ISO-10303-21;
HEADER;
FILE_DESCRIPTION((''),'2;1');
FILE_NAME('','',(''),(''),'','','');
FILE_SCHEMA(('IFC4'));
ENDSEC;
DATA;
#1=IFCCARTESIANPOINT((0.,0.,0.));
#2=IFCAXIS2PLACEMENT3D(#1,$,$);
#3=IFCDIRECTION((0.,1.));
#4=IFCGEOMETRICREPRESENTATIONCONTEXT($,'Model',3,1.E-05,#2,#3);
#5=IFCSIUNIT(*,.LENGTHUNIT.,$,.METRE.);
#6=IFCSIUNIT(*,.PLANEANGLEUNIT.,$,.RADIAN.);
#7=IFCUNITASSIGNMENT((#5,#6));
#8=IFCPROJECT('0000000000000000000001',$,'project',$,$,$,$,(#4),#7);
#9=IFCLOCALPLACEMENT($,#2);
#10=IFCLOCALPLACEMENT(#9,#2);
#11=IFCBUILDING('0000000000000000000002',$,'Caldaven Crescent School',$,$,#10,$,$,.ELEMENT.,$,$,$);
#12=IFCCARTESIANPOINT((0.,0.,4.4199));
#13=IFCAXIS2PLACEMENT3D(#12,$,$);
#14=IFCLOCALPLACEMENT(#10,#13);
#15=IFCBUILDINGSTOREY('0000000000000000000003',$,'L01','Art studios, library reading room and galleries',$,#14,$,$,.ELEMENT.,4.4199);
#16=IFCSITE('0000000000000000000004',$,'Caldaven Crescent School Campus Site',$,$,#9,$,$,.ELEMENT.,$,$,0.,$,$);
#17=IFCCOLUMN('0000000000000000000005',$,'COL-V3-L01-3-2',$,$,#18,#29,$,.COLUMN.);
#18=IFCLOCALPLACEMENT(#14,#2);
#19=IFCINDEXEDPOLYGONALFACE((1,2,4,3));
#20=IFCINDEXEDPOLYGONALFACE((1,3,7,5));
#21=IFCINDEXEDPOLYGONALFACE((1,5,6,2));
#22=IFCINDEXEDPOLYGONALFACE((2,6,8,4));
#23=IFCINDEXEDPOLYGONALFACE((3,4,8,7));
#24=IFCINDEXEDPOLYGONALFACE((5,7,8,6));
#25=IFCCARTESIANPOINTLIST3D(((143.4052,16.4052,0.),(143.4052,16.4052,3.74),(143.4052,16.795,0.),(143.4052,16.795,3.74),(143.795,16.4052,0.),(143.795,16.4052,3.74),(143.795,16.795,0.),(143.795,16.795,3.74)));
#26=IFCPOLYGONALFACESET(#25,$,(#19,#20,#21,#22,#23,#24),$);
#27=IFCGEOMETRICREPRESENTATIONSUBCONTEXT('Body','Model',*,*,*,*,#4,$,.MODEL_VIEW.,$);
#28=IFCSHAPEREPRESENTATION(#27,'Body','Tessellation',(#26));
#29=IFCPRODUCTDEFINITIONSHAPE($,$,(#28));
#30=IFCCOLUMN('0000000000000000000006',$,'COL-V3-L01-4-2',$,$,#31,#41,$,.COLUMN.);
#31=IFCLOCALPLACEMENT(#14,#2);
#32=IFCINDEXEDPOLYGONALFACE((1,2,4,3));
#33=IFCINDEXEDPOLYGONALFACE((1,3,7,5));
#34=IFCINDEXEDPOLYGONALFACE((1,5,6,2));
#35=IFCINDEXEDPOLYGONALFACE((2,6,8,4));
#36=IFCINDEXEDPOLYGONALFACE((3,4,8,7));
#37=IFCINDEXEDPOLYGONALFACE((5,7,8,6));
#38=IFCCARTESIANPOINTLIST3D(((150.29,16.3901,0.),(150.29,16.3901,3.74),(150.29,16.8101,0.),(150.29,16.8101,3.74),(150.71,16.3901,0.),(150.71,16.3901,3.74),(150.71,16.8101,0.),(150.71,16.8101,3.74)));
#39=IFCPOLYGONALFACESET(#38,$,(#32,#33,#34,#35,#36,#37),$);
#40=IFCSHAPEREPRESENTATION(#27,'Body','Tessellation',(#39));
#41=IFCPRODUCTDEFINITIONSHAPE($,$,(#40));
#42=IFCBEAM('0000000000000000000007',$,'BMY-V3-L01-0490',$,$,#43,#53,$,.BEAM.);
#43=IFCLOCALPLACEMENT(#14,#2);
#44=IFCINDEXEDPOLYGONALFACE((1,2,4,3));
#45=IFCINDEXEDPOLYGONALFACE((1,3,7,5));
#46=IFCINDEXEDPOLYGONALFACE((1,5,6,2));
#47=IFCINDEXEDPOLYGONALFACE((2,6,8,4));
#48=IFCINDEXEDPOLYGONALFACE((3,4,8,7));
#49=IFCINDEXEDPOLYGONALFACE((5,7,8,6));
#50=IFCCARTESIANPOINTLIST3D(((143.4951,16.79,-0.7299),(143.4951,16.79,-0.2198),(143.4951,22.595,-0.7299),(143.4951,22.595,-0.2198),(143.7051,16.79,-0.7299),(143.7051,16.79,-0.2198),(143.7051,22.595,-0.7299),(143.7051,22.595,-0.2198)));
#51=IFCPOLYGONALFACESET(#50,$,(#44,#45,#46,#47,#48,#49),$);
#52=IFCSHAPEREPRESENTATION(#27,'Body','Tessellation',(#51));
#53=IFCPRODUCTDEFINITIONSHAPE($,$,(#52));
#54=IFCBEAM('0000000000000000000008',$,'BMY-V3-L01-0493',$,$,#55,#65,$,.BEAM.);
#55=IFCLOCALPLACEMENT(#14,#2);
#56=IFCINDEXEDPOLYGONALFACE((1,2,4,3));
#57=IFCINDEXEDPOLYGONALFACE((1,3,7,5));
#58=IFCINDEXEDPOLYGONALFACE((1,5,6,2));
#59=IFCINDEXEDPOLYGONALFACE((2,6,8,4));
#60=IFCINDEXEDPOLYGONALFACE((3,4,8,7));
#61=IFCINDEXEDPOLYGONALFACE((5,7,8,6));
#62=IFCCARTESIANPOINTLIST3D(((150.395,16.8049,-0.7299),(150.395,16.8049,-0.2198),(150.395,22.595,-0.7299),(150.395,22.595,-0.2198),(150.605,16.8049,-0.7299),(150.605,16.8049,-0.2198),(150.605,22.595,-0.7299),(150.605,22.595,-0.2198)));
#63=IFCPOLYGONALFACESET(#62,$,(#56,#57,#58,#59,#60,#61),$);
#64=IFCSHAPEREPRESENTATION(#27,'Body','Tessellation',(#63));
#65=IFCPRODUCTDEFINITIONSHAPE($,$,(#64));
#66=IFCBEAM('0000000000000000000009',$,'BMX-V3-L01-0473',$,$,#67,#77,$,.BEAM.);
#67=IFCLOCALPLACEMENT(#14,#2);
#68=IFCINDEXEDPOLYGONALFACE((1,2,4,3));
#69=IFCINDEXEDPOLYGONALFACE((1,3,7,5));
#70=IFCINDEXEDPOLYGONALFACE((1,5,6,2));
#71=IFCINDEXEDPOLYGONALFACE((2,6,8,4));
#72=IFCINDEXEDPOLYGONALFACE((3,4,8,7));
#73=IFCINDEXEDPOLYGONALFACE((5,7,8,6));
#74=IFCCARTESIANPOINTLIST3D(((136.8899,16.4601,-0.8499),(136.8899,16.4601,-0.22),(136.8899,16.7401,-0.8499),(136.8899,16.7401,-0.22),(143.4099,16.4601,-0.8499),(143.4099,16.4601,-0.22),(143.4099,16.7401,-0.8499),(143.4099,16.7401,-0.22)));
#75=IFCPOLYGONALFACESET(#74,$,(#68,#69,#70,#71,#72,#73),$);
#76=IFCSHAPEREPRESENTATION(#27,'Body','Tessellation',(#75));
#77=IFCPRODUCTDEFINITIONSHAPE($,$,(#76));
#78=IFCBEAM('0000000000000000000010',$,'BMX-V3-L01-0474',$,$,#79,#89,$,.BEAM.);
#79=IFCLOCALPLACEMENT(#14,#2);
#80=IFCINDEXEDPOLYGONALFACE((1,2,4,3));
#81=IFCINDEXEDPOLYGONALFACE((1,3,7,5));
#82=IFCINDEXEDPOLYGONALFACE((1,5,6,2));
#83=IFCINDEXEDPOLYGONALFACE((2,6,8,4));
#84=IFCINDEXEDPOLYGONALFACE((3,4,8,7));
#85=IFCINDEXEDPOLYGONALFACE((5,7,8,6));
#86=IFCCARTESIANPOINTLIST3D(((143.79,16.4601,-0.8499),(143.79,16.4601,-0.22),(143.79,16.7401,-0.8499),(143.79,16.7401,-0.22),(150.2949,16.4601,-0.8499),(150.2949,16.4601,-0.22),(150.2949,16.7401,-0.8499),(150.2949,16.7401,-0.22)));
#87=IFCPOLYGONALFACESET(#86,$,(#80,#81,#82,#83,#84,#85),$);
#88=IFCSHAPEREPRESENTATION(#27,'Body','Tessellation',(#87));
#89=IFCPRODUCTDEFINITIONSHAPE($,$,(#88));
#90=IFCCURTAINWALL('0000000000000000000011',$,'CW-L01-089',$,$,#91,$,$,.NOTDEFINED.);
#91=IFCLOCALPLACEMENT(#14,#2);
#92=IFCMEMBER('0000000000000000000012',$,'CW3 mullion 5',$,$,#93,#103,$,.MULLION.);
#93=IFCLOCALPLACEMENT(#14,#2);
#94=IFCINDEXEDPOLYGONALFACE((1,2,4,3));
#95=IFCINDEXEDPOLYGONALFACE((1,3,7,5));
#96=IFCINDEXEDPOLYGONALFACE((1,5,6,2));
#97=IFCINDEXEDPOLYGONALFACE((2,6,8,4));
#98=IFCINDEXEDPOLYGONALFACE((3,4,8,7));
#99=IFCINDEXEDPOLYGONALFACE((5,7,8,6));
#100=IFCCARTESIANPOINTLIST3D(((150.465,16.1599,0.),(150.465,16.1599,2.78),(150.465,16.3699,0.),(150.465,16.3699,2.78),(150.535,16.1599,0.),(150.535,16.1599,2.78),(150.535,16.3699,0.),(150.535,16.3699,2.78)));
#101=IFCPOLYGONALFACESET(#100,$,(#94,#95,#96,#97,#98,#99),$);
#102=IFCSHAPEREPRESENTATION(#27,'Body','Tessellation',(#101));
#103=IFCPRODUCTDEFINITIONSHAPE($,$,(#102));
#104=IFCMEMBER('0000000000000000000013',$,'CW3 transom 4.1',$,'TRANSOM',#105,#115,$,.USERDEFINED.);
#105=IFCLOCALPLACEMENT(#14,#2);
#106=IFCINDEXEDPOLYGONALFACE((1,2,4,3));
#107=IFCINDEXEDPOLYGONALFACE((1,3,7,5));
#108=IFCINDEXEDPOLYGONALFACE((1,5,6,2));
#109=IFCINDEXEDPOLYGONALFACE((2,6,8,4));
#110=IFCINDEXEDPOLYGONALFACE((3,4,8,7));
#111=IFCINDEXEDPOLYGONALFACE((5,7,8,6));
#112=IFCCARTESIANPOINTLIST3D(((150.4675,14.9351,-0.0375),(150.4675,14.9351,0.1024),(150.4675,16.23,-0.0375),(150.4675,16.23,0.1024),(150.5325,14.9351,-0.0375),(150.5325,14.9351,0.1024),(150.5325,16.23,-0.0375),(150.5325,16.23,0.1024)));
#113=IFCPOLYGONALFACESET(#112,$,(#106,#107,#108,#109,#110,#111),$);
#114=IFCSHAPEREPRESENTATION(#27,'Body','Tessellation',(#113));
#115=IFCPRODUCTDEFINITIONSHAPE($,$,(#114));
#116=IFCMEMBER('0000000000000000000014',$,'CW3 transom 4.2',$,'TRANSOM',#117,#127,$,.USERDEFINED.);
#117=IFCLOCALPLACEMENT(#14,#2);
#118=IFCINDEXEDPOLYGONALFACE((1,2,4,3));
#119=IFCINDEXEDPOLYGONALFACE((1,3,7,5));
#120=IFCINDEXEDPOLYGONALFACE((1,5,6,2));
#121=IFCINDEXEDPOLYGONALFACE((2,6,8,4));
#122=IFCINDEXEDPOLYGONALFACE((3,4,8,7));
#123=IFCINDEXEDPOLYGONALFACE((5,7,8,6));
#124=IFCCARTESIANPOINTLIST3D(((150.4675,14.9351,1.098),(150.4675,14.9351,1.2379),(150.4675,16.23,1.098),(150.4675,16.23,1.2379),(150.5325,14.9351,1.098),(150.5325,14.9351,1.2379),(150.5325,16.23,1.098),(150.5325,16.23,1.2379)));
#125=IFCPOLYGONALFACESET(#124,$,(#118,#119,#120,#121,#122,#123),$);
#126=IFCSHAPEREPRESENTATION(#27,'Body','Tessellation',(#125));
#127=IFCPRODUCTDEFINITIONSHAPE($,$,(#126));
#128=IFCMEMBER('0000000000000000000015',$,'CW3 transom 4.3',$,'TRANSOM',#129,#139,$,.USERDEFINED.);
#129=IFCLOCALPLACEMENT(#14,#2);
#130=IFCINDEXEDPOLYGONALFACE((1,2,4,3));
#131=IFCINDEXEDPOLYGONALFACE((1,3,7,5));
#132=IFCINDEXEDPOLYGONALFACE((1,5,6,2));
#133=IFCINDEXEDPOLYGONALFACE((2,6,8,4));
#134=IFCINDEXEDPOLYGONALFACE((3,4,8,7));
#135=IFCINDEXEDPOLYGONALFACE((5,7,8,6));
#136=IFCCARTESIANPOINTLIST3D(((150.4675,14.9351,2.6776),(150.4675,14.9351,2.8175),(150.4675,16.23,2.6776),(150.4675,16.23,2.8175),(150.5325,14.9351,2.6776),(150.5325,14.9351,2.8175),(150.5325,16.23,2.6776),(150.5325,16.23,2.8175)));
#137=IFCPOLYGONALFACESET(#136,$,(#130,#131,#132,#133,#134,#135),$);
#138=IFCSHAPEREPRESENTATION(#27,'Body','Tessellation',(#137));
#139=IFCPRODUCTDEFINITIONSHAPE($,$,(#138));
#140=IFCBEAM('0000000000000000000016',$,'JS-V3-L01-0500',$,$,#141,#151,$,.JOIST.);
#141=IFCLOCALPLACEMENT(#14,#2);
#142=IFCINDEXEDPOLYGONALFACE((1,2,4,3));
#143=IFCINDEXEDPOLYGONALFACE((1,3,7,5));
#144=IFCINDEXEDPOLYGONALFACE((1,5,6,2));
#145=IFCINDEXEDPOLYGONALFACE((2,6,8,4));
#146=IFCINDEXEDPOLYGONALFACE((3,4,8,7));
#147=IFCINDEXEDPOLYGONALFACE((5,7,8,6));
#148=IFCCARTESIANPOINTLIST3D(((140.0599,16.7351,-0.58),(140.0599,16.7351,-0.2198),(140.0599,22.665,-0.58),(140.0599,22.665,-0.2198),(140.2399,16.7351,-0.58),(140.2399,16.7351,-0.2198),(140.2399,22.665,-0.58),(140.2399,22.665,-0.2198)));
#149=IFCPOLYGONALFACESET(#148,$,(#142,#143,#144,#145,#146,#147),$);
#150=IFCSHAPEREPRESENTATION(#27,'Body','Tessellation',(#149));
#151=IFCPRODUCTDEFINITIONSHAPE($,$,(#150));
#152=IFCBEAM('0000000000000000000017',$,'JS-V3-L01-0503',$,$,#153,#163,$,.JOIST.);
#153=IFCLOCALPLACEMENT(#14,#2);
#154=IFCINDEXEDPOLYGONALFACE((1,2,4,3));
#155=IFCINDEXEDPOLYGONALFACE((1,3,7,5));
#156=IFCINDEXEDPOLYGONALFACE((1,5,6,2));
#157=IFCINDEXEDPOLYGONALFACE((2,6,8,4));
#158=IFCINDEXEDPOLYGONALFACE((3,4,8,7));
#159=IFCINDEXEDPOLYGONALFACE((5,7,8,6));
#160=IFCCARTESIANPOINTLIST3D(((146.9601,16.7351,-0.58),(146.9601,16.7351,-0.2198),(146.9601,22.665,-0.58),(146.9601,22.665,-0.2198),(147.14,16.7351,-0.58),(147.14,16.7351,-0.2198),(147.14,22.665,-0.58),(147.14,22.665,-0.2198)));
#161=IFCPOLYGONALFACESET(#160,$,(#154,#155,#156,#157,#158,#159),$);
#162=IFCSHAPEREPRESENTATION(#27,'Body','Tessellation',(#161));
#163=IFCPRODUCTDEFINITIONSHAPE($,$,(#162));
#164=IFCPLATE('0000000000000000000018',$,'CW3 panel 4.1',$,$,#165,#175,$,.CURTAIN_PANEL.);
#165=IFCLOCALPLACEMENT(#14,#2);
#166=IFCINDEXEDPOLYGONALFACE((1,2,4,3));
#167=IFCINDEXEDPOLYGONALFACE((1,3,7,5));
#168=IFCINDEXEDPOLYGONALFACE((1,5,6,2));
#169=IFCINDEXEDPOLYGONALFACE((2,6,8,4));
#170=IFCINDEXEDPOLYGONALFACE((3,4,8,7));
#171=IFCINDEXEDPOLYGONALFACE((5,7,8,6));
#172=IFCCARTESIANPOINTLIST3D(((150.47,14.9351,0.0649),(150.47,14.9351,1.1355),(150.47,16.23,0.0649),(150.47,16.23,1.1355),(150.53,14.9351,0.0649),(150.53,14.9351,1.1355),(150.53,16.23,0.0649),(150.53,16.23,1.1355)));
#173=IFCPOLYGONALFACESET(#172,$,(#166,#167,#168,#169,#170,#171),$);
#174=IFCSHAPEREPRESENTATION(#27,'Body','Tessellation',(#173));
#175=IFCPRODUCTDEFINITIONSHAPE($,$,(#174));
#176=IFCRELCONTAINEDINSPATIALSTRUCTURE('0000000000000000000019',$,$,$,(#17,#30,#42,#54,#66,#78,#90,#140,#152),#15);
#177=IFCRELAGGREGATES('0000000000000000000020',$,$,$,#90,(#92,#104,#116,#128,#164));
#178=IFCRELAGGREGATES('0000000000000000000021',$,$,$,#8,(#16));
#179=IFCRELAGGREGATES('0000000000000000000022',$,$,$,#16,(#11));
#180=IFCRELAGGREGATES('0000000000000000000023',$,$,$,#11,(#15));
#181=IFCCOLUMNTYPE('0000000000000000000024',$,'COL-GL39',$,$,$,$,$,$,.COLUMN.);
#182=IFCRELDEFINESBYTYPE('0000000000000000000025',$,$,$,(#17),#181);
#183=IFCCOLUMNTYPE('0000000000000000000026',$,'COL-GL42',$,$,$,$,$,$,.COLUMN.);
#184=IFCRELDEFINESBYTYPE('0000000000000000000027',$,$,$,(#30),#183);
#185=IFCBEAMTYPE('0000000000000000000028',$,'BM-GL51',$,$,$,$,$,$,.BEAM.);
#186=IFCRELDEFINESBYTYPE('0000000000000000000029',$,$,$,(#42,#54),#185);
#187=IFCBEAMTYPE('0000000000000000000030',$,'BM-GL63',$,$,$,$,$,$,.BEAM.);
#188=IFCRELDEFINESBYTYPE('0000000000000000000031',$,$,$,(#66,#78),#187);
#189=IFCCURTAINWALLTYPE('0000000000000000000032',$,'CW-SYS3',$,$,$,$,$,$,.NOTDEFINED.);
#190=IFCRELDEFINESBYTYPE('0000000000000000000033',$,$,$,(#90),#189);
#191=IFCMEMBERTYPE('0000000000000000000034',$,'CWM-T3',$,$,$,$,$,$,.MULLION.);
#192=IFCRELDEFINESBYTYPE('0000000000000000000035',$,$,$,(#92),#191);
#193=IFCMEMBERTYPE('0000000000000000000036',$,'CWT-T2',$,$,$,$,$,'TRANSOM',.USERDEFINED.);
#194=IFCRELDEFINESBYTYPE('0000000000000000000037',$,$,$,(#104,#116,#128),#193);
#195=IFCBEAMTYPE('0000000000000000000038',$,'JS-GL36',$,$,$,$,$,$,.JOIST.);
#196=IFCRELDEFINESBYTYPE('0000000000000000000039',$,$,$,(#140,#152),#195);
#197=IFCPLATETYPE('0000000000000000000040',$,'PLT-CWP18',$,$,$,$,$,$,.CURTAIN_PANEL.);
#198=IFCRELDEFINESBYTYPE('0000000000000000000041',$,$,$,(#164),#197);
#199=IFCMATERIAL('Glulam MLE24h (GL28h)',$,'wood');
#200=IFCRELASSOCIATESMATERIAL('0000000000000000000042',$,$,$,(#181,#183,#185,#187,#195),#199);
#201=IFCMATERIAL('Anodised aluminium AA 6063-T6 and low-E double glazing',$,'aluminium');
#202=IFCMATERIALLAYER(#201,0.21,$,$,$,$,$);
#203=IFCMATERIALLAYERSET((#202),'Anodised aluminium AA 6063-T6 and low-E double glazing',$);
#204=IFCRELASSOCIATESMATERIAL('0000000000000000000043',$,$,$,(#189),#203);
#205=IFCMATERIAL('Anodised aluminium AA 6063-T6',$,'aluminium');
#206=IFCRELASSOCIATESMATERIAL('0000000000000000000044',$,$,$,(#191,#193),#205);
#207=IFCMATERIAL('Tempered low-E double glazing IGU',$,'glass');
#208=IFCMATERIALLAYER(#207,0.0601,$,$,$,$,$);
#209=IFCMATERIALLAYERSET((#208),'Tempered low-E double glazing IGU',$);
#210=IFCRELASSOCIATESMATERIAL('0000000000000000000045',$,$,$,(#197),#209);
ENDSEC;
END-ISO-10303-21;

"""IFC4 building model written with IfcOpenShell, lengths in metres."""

from ifc_helpers import new_model, si_unit, direction, frame, origin, origin_2d, place, context, subcontext, project, spatial, rectangle, extrude, material, layer, layer_set, material_profile, profile_set, type_object, element, aggregate, save


model = new_model("IFC4")

# Units and contexts
model_context = context("Model", 3, precision=1e-05, world=origin(), true_north=direction((0.0, 1.0)))
body_context = subcontext(model_context, "Body", "Model", "MODEL_VIEW")
ifc_project = project(units=[si_unit("LENGTHUNIT", "METRE"), si_unit("PLANEANGLEUNIT", "RADIAN")], contexts=[model_context])

# Site, building, storey
site_placement = place(None, origin())
site = spatial("IfcSite", under=ifc_project, at=site_placement, Name="Caldaven Crescent School Campus Site", CompositionType="ELEMENT", RefElevation=0.0)
building_placement = place(site_placement, origin())
building = spatial("IfcBuilding", under=site, at=building_placement, Name="Caldaven Crescent School", CompositionType="ELEMENT")
storey_placement = place(building_placement, frame((0.0, 0.0, 4.4199)))
storey = spatial("IfcBuildingStorey", under=building, at=storey_placement, Name="L01", Description="Art studios, library reading room and galleries", CompositionType="ELEMENT", Elevation=4.4199)

# Columns
ifc_material_1 = material(Name="Glulam MLE24h (GL28h)", Category="wood")
ifc_material_profile_1 = material_profile(ifc_material_1, rectangle(XDim=0.3899, YDim=0.3899, at=origin_2d()), Name="MLE 390x390")
ifc_profile_set_1 = profile_set([ifc_material_profile_1], Name="Glulam MLE24h (GL28h)")
column_type_1 = type_object("IfcColumnType", Name="COL-GL39", PredefinedType="COLUMN", material=ifc_profile_set_1)
column_1_placement = place(storey_placement, frame((143.6001, 16.6001, 0.0), z_axis=(0.0, 0.0, 1.0), x_axis=(1.0, 0.0, 0.0)))
element("IfcColumn", 1, at=column_1_placement, inside=storey, type_object=column_type_1, Name="COL-V3-L01-3-2", PredefinedType="COLUMN", context=body_context, shape_type="SweptSolid", body=[
    extrude(rectangle(XDim=0.3899, YDim=0.3899, at=origin_2d()), origin(), (0.0, 0.0, 1.0), 3.74),
])
ifc_material_profile_2 = material_profile(ifc_material_1, rectangle(XDim=0.4199, YDim=0.4199, at=origin_2d()), Name="MLE 420x420")
ifc_profile_set_2 = profile_set([ifc_material_profile_2], Name="Glulam MLE24h (GL28h)")
column_type_2 = type_object("IfcColumnType", Name="COL-GL42", PredefinedType="COLUMN", material=ifc_profile_set_2)
column_2_placement = place(storey_placement, frame((150.5, 16.6001, 0.0), z_axis=(0.0, 0.0, 1.0), x_axis=(1.0, 0.0, 0.0)))
element("IfcColumn", 2, at=column_2_placement, inside=storey, type_object=column_type_2, Name="COL-V3-L01-4-2", PredefinedType="COLUMN", context=body_context, shape_type="SweptSolid", body=[
    extrude(rectangle(XDim=0.4199, YDim=0.4199, at=origin_2d()), origin(), (0.0, 0.0, 1.0), 3.74),
])

# Beams
ifc_material_profile_3 = material_profile(ifc_material_1, rectangle(XDim=0.21, YDim=0.51, at=origin_2d()), Name="MLE 210x510")
ifc_profile_set_3 = profile_set([ifc_material_profile_3], Name="Glulam MLE24h (GL28h)")
beam_type_1 = type_object("IfcBeamType", Name="BM-GL51", PredefinedType="BEAM", material=ifc_profile_set_3)
beam_1_placement = place(storey_placement, frame((143.6001, 16.79, -0.4749), z_axis=(0.0, 1.0, 0.0), x_axis=(-1.0, 0.0, 0.0)))
element("IfcBeam", 3, at=beam_1_placement, inside=storey, type_object=beam_type_1, Name="BMY-V3-L01-0490", PredefinedType="BEAM", context=body_context, shape_type="SweptSolid", body=[
    extrude(rectangle(XDim=0.21, YDim=0.51, at=origin_2d()), origin(), (0.0, 0.0, 1.0), 5.8049),
])
beam_2_placement = place(storey_placement, frame((150.5, 16.8049, -0.4749), z_axis=(0.0, 1.0, 0.0), x_axis=(-1.0, 0.0, 0.0)))
element("IfcBeam", 4, at=beam_2_placement, inside=storey, type_object=beam_type_1, Name="BMY-V3-L01-0493", PredefinedType="BEAM", context=body_context, shape_type="SweptSolid", body=[
    extrude(rectangle(XDim=0.21, YDim=0.51, at=origin_2d()), origin(), (0.0, 0.0, 1.0), 5.79),
])
ifc_material_profile_4 = material_profile(ifc_material_1, rectangle(XDim=0.28, YDim=0.6299, at=origin_2d()), Name="MLE 280x630")
ifc_profile_set_4 = profile_set([ifc_material_profile_4], Name="Glulam MLE24h (GL28h)")
beam_type_2 = type_object("IfcBeamType", Name="BM-GL63", PredefinedType="BEAM", material=ifc_profile_set_4)
beam_3_placement = place(storey_placement, frame((136.8899, 16.6001, -0.5349), z_axis=(1.0, 0.0, 0.0), x_axis=(0.0, 1.0, 0.0)))
element("IfcBeam", 5, at=beam_3_placement, inside=storey, type_object=beam_type_2, Name="BMX-V3-L01-0473", PredefinedType="BEAM", context=body_context, shape_type="SweptSolid", body=[
    extrude(rectangle(XDim=0.28, YDim=0.6299, at=origin_2d()), origin(), (0.0, 0.0, 1.0), 6.52),
])
beam_4_placement = place(storey_placement, frame((143.79, 16.6001, -0.5349), z_axis=(1.0, 0.0, 0.0), x_axis=(0.0, 1.0, 0.0)))
element("IfcBeam", 6, at=beam_4_placement, inside=storey, type_object=beam_type_2, Name="BMX-V3-L01-0474", PredefinedType="BEAM", context=body_context, shape_type="SweptSolid", body=[
    extrude(rectangle(XDim=0.28, YDim=0.6299, at=origin_2d()), origin(), (0.0, 0.0, 1.0), 6.5049),
])

# Curtain wall, members
ifc_material_2 = material(Name="Anodised aluminium AA 6063-T6 and low-E double glazing", Category="aluminium")
ifc_layer_1 = layer(ifc_material_2, 0.21)
ifc_layer_set_1 = layer_set([ifc_layer_1], Name="Anodised aluminium AA 6063-T6 and low-E double glazing")
curtain_wall_type = type_object("IfcCurtainWallType", Name="CW-SYS3", PredefinedType="NOTDEFINED", material=ifc_layer_set_1)
curtain_wall_placement = place(storey_placement, origin())
curtain_wall = element("IfcCurtainWall", 7, at=curtain_wall_placement, inside=storey, type_object=curtain_wall_type, Name="CW-L01-089", PredefinedType="NOTDEFINED")
ifc_material_3 = material(Name="Anodised aluminium AA 6063-T6", Category="aluminium")
ifc_material_profile_5 = material_profile(ifc_material_3, rectangle(XDim=0.0701, YDim=0.21, at=origin_2d()), Name="CWM 70x210")
ifc_profile_set_5 = profile_set([ifc_material_profile_5], Name="Anodised aluminium AA 6063-T6")
member_type_1 = type_object("IfcMemberType", Name="CWM-T3", PredefinedType="MULLION", material=ifc_profile_set_5)
member_1_placement = place(storey_placement, frame((150.5, 16.2649, 0.0), z_axis=(0.0, 0.0, 1.0), x_axis=(-1.0, 0.0, 0.0)))
member_1 = element("IfcMember", 8, at=member_1_placement, type_object=member_type_1, Name="CW3 mullion 5", PredefinedType="MULLION", context=body_context, shape_type="SweptSolid", body=[
    extrude(rectangle(XDim=0.0701, YDim=0.21, at=origin_2d()), origin(), (0.0, 0.0, 1.0), 2.78),
])
ifc_material_profile_6 = material_profile(ifc_material_3, rectangle(XDim=0.0649, YDim=0.1399, at=origin_2d()), Name="CWT 65x140")
ifc_profile_set_6 = profile_set([ifc_material_profile_6], Name="Anodised aluminium AA 6063-T6")
member_type_2 = type_object("IfcMemberType", Name="CWT-T2", ElementType="TRANSOM", PredefinedType="USERDEFINED", material=ifc_profile_set_6)
member_2_placement = place(storey_placement, frame((150.5, 14.9351, 0.0325), z_axis=(0.0, 1.0, 0.0), x_axis=(-1.0, 0.0, 0.0)))
member_2 = element("IfcMember", 9, at=member_2_placement, type_object=member_type_2, Name="CW3 transom 4.1", ObjectType="TRANSOM", PredefinedType="USERDEFINED", context=body_context, shape_type="SweptSolid", body=[
    extrude(rectangle(XDim=0.0649, YDim=0.1399, at=origin_2d()), origin(), (0.0, 0.0, 1.0), 1.2949),
])
member_3_placement = place(storey_placement, frame((150.5, 14.9351, 1.168), z_axis=(0.0, 1.0, 0.0), x_axis=(-1.0, 0.0, 0.0)))
member_3 = element("IfcMember", 10, at=member_3_placement, type_object=member_type_2, Name="CW3 transom 4.2", ObjectType="TRANSOM", PredefinedType="USERDEFINED", context=body_context, shape_type="SweptSolid", body=[
    extrude(rectangle(XDim=0.0649, YDim=0.1399, at=origin_2d()), origin(), (0.0, 0.0, 1.0), 1.2949),
])
member_4_placement = place(storey_placement, frame((150.5, 14.9351, 2.7476), z_axis=(0.0, 1.0, 0.0), x_axis=(-1.0, 0.0, 0.0)))
member_4 = element("IfcMember", 11, at=member_4_placement, type_object=member_type_2, Name="CW3 transom 4.3", ObjectType="TRANSOM", PredefinedType="USERDEFINED", context=body_context, shape_type="SweptSolid", body=[
    extrude(rectangle(XDim=0.0649, YDim=0.1399, at=origin_2d()), origin(), (0.0, 0.0, 1.0), 1.2949),
])

# Beams
ifc_material_profile_7 = material_profile(ifc_material_1, rectangle(XDim=0.1799, YDim=0.3601, at=origin_2d()), Name="MLE 180x360")
ifc_profile_set_7 = profile_set([ifc_material_profile_7], Name="Glulam MLE24h (GL28h)")
beam_type_3 = type_object("IfcBeamType", Name="JS-GL36", PredefinedType="JOIST", material=ifc_profile_set_7)
for number, where, z_axis, x_axis, name in (
    (12, (140.1499, 16.7351, -0.3999), (0.0, 1.0, 0.0), (-1.0, 0.0, 0.0), "JS-V3-L01-0500"),
    (13, (147.05, 16.7351, -0.3999), (0.0, 1.0, 0.0), (-1.0, 0.0, 0.0), "JS-V3-L01-0503"),
):
    element("IfcBeam", number, at=place(storey_placement, frame(where, z_axis=z_axis, x_axis=x_axis)), inside=storey, type_object=beam_type_3, Name=name, PredefinedType="JOIST", context=body_context, shape_type="SweptSolid", body=[
        extrude(rectangle(XDim=0.1799, YDim=0.3601, at=origin_2d()), origin(), (0.0, 0.0, 1.0), 5.9299),
    ])

# Plate
ifc_material_4 = material(Name="Tempered low-E double glazing IGU", Category="glass")
ifc_layer_2 = layer(ifc_material_4, 0.0601)
ifc_layer_set_2 = layer_set([ifc_layer_2], Name="Tempered low-E double glazing IGU")
plate_type = type_object("IfcPlateType", Name="PLT-CWP18", PredefinedType="CURTAIN_PANEL", material=ifc_layer_set_2)
plate_1_placement = place(storey_placement, frame((150.5, 15.5825, 0.0649), z_axis=(0.0, 0.0, 1.0), x_axis=(0.0, 1.0, 0.0)))
plate_1 = element("IfcPlate", 14, at=plate_1_placement, type_object=plate_type, Name="CW3 panel 4.1", PredefinedType="CURTAIN_PANEL", context=body_context, shape_type="SweptSolid", body=[
    extrude(rectangle(XDim=1.2949, YDim=0.0601, at=origin_2d()), origin(), (0.0, 0.0, 1.0), 1.0706),
])
aggregate(curtain_wall, [member_1, member_2, member_3, member_4, plate_1])

save(model, "model.ifc")
